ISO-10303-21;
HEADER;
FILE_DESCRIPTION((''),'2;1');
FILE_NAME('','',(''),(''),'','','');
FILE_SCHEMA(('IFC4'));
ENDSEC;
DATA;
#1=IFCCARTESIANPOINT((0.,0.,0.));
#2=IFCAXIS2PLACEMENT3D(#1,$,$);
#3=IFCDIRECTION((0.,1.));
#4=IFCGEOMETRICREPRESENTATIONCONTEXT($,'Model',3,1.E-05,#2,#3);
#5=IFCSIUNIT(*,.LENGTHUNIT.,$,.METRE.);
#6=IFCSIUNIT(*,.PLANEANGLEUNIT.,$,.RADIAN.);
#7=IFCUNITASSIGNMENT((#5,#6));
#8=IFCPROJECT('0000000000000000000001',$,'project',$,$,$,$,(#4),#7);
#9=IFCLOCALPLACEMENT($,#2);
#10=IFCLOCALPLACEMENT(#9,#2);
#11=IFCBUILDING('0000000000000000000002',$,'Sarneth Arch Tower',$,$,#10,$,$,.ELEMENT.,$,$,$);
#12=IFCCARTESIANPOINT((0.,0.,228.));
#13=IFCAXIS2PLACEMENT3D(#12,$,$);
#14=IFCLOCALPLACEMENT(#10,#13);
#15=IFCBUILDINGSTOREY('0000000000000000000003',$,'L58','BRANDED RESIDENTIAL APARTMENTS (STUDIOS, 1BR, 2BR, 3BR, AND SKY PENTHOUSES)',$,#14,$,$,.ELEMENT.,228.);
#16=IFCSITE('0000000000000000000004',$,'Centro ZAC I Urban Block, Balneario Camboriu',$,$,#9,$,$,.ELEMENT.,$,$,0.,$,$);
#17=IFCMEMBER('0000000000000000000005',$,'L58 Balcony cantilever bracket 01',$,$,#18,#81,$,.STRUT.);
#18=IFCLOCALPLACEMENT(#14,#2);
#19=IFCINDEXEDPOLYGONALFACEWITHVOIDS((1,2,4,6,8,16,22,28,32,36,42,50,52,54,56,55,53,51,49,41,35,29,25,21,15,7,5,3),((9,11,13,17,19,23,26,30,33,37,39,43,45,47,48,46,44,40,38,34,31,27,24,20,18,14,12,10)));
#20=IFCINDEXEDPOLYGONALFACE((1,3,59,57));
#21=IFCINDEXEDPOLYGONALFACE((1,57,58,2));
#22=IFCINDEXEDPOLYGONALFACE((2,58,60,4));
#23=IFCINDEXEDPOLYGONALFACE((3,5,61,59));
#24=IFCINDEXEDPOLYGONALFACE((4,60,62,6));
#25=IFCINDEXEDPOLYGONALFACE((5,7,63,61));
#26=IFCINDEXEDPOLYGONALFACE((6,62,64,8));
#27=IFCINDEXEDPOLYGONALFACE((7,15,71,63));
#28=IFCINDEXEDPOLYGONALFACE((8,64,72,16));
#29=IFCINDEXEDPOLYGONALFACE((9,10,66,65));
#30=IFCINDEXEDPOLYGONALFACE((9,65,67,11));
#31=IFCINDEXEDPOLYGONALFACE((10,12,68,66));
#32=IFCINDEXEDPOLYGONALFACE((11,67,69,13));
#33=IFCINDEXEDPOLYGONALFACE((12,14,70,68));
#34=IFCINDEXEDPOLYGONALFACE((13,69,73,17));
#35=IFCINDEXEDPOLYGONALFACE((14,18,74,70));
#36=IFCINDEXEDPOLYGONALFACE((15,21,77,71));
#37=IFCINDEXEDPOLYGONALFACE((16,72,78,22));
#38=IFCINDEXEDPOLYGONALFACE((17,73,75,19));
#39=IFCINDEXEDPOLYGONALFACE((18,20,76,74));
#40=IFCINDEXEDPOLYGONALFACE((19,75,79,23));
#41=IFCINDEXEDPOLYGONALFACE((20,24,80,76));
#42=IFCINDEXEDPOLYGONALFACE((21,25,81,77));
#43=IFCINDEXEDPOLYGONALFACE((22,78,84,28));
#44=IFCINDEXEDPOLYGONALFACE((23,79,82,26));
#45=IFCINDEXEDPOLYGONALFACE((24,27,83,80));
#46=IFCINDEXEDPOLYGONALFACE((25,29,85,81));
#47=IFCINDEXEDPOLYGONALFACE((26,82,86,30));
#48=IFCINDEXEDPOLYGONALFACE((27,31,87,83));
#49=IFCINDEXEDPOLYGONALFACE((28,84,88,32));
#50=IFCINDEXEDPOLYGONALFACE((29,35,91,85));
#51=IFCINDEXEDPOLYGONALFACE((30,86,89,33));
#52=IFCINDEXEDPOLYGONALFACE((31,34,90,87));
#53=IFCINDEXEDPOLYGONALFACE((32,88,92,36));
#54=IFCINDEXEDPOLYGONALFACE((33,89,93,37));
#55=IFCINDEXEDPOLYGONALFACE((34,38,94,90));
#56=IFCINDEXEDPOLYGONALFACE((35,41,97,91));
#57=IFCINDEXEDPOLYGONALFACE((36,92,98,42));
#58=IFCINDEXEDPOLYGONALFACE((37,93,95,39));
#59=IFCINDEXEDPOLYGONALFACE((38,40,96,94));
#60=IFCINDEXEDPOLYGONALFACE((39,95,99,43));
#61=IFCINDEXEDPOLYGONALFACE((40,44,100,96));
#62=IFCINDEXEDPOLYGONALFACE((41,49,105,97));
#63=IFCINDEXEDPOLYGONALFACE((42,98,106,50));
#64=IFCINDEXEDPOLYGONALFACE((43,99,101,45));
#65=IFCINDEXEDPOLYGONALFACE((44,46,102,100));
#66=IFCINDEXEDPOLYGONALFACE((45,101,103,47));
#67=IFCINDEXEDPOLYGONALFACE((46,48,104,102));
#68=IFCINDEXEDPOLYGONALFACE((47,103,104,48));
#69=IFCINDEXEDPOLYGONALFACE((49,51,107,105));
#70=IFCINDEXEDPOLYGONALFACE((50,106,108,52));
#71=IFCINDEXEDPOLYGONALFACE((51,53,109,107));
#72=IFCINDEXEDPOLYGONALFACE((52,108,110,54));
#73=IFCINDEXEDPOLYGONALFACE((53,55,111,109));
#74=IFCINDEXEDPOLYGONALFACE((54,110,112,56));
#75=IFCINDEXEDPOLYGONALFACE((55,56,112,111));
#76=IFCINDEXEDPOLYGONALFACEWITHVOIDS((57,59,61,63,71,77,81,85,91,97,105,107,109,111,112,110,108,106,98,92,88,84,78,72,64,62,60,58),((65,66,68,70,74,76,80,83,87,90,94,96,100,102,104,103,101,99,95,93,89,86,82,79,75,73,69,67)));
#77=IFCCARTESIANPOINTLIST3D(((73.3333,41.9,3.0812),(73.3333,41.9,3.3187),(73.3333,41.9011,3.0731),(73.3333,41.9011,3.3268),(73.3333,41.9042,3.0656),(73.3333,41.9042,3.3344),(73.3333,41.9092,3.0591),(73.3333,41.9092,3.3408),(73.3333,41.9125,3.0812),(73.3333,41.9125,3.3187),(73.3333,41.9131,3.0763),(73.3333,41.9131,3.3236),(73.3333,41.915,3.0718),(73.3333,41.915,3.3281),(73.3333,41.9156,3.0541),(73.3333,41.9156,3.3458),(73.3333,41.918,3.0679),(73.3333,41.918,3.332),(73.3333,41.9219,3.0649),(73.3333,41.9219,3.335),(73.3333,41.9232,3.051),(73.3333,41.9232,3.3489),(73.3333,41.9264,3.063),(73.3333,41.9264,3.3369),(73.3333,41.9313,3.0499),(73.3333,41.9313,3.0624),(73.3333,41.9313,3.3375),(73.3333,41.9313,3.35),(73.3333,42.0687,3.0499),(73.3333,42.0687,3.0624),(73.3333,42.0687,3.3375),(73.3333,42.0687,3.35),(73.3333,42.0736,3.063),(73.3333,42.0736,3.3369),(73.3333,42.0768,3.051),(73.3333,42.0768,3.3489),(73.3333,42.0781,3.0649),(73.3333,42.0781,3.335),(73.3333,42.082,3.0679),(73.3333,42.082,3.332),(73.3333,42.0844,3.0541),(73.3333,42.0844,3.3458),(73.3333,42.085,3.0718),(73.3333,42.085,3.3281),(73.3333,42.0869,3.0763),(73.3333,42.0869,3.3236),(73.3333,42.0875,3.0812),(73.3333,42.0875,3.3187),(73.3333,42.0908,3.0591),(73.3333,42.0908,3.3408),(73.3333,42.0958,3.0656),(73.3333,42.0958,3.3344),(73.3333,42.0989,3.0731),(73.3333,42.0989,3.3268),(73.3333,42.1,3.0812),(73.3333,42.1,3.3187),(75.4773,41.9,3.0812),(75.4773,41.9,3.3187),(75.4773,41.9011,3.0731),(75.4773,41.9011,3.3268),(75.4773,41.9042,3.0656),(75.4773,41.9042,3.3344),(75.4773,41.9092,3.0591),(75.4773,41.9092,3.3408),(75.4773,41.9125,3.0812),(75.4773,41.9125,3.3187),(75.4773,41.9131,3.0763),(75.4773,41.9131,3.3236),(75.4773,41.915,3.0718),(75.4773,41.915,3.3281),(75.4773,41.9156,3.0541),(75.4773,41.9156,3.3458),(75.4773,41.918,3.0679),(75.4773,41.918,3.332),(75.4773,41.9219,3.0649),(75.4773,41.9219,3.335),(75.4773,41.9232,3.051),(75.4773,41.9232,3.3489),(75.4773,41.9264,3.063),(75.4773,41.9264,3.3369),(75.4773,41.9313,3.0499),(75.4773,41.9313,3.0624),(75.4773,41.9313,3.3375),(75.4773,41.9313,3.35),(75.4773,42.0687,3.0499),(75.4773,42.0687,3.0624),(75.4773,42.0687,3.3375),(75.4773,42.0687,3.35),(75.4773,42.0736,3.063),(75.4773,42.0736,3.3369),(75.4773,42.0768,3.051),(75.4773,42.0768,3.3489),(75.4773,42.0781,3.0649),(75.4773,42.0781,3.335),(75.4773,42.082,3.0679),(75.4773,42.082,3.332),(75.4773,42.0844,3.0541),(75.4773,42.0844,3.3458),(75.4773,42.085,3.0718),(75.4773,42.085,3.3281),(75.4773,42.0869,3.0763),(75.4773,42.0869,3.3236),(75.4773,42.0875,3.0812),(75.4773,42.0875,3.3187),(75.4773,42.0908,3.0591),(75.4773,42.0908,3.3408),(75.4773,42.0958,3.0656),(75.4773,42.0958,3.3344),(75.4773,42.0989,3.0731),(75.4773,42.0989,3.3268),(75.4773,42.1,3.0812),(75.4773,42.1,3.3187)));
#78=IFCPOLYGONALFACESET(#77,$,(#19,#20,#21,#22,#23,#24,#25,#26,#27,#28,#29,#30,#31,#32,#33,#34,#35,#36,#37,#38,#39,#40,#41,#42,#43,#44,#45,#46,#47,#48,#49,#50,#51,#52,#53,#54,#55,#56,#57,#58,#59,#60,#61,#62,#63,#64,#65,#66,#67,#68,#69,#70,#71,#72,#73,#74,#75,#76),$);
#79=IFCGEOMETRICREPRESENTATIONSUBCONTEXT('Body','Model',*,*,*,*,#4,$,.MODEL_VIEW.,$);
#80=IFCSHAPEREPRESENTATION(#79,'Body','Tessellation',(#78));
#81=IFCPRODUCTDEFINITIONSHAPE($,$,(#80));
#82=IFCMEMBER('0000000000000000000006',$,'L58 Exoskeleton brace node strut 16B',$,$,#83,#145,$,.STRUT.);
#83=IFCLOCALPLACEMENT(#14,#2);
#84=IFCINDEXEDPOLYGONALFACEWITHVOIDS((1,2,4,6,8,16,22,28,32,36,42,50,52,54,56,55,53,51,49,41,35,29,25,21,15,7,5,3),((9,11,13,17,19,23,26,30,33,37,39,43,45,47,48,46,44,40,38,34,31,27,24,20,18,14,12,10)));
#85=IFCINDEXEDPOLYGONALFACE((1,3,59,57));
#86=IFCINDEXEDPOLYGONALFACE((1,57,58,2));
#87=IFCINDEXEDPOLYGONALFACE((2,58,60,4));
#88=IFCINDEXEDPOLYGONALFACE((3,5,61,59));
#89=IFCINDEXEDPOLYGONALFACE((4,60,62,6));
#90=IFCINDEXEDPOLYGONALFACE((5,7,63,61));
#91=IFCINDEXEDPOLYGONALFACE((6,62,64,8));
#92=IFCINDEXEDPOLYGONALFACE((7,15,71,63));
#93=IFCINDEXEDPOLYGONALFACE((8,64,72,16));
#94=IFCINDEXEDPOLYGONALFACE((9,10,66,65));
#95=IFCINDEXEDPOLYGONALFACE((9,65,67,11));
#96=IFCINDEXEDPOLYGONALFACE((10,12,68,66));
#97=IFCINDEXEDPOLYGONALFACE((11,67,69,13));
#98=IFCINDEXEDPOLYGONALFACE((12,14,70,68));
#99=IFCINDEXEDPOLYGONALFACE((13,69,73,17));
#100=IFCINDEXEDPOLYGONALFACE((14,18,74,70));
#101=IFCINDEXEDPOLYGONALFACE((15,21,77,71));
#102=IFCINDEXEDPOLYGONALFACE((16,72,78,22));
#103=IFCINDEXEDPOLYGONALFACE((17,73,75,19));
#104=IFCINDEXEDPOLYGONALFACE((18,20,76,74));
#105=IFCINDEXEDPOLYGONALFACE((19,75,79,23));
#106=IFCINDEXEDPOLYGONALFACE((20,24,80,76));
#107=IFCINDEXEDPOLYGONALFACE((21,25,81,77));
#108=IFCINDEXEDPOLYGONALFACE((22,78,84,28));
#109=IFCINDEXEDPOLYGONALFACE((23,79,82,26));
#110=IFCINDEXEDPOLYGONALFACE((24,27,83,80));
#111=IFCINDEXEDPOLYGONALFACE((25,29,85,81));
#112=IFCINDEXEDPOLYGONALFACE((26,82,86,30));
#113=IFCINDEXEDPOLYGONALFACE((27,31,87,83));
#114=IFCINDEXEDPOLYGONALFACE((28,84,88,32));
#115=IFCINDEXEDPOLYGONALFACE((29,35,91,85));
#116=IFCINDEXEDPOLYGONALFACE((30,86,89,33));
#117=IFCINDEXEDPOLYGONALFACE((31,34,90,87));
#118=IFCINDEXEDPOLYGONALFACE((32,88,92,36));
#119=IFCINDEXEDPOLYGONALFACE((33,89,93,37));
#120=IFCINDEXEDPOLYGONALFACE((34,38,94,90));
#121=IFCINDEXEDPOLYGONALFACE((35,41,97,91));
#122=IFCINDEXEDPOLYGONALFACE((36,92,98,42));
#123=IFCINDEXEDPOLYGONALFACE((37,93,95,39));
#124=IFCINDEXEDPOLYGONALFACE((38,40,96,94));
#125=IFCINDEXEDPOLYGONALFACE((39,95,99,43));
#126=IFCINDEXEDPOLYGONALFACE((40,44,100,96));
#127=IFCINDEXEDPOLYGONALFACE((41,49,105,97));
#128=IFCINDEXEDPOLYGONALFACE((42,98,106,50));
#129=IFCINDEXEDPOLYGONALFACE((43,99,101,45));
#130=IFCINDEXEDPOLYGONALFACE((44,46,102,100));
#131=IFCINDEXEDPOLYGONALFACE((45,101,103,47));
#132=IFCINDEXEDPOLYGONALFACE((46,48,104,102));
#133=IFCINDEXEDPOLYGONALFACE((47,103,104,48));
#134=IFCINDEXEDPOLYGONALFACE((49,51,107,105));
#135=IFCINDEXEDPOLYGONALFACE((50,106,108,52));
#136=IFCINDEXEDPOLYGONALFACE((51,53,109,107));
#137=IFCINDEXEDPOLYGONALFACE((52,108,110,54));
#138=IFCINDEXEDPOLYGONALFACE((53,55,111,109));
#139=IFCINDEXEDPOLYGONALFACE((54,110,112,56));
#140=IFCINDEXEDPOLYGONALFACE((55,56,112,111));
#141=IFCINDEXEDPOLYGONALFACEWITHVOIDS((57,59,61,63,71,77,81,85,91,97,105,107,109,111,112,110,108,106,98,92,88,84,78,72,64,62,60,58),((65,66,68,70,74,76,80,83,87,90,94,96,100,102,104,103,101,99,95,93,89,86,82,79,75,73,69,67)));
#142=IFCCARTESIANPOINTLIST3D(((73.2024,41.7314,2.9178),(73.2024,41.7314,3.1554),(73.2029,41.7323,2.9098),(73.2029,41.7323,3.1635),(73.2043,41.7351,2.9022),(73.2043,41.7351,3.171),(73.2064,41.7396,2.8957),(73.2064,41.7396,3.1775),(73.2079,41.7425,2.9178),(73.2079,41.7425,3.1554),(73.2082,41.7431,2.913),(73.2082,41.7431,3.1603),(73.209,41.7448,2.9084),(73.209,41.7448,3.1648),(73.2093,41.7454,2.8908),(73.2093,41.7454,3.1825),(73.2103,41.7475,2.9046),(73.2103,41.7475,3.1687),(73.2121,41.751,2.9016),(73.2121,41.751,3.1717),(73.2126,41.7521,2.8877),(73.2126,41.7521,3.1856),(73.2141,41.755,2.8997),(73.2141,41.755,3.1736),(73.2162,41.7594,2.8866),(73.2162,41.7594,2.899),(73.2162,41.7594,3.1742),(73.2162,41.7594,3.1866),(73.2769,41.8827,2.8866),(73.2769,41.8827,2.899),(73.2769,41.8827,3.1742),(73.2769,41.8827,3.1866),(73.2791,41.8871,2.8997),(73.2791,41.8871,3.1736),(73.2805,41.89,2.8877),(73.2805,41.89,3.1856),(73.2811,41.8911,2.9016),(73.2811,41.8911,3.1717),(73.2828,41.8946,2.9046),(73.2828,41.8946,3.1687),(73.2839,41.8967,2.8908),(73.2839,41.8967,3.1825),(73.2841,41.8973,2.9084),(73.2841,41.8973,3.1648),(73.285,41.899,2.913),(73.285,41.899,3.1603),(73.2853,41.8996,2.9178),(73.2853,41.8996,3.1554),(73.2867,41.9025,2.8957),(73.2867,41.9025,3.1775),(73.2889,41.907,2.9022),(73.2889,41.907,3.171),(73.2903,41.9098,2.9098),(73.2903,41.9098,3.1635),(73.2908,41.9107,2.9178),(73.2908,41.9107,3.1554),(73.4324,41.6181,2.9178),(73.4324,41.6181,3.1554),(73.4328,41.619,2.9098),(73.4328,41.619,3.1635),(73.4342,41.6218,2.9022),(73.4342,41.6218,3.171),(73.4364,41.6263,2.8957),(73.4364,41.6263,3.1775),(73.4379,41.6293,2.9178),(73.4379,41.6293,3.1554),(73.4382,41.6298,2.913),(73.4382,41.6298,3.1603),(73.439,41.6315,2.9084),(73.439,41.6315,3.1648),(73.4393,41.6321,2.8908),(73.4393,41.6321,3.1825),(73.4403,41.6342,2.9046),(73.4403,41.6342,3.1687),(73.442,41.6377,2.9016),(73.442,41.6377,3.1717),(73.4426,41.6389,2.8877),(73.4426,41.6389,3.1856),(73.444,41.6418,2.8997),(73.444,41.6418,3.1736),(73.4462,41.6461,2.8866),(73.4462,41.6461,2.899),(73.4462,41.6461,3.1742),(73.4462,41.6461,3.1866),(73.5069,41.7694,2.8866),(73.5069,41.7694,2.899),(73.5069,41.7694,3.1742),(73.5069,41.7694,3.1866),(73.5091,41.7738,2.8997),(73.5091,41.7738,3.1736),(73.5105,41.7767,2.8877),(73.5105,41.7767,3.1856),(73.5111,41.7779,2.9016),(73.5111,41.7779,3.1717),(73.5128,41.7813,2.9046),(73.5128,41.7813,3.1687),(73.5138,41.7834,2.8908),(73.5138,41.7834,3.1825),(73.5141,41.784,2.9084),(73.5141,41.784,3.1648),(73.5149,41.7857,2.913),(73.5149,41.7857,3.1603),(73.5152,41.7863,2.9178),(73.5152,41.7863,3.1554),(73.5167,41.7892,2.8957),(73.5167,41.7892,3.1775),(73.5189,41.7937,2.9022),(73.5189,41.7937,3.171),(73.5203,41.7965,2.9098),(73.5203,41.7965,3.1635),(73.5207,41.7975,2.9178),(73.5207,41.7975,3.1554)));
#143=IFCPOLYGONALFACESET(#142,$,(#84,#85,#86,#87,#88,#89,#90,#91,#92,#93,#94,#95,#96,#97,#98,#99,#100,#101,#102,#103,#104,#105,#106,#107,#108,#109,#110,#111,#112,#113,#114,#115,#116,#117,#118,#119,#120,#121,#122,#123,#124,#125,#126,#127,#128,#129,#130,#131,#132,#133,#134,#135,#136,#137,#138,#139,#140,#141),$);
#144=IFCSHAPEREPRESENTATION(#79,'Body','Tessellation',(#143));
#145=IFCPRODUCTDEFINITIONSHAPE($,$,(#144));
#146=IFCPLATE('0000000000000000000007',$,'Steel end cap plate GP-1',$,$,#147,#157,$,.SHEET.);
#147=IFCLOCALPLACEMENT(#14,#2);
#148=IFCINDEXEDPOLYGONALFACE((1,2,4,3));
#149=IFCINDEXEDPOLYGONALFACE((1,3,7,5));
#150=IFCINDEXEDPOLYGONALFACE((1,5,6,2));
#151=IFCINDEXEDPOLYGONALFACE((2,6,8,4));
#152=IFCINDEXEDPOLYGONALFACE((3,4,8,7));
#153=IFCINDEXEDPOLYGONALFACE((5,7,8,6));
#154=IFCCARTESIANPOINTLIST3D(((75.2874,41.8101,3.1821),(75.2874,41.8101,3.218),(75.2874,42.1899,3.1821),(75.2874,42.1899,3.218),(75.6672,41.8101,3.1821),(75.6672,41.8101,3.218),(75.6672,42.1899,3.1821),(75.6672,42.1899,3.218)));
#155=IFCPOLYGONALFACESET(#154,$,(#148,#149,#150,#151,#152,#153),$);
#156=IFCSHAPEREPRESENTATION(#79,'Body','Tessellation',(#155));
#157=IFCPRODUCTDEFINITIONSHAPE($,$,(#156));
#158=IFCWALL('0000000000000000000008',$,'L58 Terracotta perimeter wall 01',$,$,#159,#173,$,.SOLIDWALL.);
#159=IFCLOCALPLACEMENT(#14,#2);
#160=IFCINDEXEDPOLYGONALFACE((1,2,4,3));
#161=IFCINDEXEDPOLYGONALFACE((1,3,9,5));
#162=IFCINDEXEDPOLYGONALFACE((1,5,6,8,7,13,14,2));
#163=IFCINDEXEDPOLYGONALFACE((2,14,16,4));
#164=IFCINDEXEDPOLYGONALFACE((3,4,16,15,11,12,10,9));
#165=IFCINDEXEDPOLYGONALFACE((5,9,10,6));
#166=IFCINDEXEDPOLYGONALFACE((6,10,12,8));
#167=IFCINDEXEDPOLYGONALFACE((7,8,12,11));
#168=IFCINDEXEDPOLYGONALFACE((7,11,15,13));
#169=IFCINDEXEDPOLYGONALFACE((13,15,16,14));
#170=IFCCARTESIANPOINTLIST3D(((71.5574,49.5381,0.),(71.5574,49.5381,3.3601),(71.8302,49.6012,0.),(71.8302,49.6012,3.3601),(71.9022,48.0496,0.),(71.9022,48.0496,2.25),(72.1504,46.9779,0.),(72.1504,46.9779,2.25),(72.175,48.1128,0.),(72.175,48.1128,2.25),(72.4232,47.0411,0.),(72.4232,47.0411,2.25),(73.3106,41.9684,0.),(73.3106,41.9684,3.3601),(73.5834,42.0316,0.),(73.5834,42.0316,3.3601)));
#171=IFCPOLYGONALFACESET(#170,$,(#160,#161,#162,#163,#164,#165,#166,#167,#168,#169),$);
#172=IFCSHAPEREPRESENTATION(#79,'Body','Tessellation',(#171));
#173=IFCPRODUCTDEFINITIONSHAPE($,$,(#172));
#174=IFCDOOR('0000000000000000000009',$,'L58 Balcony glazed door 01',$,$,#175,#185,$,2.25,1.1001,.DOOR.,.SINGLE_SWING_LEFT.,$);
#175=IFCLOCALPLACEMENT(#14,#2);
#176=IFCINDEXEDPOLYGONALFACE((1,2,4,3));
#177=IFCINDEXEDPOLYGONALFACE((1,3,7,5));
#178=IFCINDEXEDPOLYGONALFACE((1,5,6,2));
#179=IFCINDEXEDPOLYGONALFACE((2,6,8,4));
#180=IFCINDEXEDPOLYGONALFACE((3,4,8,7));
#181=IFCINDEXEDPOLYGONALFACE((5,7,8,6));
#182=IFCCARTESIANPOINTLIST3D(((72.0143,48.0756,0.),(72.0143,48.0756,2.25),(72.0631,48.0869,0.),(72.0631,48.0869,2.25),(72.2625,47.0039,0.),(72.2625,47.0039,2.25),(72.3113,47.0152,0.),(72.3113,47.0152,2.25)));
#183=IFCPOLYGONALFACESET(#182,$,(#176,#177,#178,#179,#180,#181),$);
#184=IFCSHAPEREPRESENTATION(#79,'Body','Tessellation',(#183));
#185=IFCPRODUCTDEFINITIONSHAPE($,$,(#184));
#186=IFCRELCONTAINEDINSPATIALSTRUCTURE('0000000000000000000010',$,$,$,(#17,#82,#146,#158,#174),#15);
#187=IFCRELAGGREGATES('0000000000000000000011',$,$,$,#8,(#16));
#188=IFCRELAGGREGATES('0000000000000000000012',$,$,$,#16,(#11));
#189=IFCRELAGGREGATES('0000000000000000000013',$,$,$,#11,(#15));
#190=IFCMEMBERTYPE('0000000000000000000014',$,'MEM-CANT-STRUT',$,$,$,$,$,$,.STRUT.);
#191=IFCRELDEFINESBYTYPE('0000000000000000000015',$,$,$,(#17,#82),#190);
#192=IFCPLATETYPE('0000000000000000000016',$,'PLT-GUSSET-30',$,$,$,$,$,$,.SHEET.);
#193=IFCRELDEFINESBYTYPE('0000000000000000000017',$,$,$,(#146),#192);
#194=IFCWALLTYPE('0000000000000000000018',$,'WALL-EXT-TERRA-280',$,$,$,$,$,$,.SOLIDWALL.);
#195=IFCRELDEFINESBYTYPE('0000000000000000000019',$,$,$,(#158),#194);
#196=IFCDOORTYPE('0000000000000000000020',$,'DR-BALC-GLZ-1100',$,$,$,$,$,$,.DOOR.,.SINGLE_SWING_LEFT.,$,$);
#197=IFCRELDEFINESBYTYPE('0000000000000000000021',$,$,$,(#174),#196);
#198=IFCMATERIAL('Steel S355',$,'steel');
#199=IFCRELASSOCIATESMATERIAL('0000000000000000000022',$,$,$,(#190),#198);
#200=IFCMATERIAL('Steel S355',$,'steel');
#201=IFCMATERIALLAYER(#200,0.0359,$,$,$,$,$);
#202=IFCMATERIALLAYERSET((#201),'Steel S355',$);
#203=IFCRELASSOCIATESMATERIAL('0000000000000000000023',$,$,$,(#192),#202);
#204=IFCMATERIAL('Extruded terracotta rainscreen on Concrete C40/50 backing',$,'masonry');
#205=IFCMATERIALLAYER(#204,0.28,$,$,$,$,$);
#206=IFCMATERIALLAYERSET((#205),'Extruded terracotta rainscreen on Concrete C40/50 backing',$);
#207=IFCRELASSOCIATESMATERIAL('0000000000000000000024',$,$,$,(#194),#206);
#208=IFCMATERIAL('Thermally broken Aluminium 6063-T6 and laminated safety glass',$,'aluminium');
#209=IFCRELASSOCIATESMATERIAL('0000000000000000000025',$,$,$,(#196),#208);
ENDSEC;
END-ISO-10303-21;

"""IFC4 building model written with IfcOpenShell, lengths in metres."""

from ifc_helpers import new_model, si_unit, direction, frame, frame_2d, origin, origin_2d, place, context, subcontext, project, spatial, rectangle, hollow_rectangle, extrude, material, layer, layer_set, material_profile, profile_set, type_object, element, fill, save


model = new_model("IFC4")

# Units and contexts
model_context = context("Model", 3, precision=1e-05, world=origin(), true_north=direction((0.0, 1.0)))
body_context = subcontext(model_context, "Body", "Model", "MODEL_VIEW")
ifc_project = project(units=[si_unit("LENGTHUNIT", "METRE"), si_unit("PLANEANGLEUNIT", "RADIAN")], contexts=[model_context])

# Site, building, storey
site_placement = place(None, origin())
site = spatial("IfcSite", under=ifc_project, at=site_placement, Name="Centro ZAC I Urban Block, Balneario Camboriu", CompositionType="ELEMENT", RefElevation=0.0)
building_placement = place(site_placement, origin())
building = spatial("IfcBuilding", under=site, at=building_placement, Name="Sarneth Arch Tower", CompositionType="ELEMENT")
storey_placement = place(building_placement, frame((0.0, 0.0, 228.0)))
storey = spatial("IfcBuildingStorey", under=building, at=storey_placement, Name="L58", Description="BRANDED RESIDENTIAL APARTMENTS (STUDIOS, 1BR, 2BR, 3BR, AND SKY PENTHOUSES)", CompositionType="ELEMENT", Elevation=228.0)

# Members
ifc_material_1 = material(Name="Steel S355", Category="steel")
ifc_material_profile_1 = material_profile(ifc_material_1, hollow_rectangle(XDim=0.2, YDim=0.3, WallThickness=0.0125, InnerFilletRadius=0.0188, OuterFilletRadius=0.0312, at=origin_2d()), Name="RHS300x200x12.5")
ifc_profile_set_1 = profile_set([ifc_material_profile_1], Name="Steel S355")
member_type_1 = type_object("IfcMemberType", Name="MEM-CANT-STRUT", PredefinedType="STRUT", material=ifc_profile_set_1)
member_1_placement = place(storey_placement, frame((73.3333, 42.0, 3.2), z_axis=(1.0, 0.0, 0.0), x_axis=(0.0, 1.0, 0.0)))
element("IfcMember", 1, at=member_1_placement, inside=storey, type_object=member_type_1, Name="L58 Balcony cantilever bracket 01", PredefinedType="STRUT", context=body_context, shape_type="SweptSolid", body=[
    extrude(hollow_rectangle(XDim=0.2, YDim=0.3, WallThickness=0.0125, InnerFilletRadius=0.0188, OuterFilletRadius=0.0312, at=origin_2d()), origin(), (0.0, 0.0, 1.0), 2.144),
])
member_2_placement = place(storey_placement, frame((73.2466, 41.821, 3.0366), z_axis=(0.897078, -0.441873, 0.0), x_axis=(0.441873, 0.897078, 0.0)))
element("IfcMember", 2, at=member_2_placement, inside=storey, type_object=member_type_1, Name="L58 Exoskeleton brace node strut 16B", PredefinedType="STRUT", context=body_context, shape_type="SweptSolid", body=[
    extrude(hollow_rectangle(XDim=0.2, YDim=0.3, WallThickness=0.0125, InnerFilletRadius=0.0188, OuterFilletRadius=0.0312, at=origin_2d()), origin(), (0.0, 0.0, 1.0), 0.2563),
])

# Plate
ifc_material_2 = material(Name="Steel S355", Category="steel")
ifc_layer_1 = layer(ifc_material_2, 0.0359)
ifc_layer_set_1 = layer_set([ifc_layer_1], Name="Steel S355")
plate_type = type_object("IfcPlateType", Name="PLT-GUSSET-30", PredefinedType="SHEET", material=ifc_layer_set_1)
plate_placement = place(storey_placement, frame((75.4773, 42.0, 3.1821), z_axis=(0.0, 0.0, 1.0), x_axis=(1.0, 0.0, 0.0)))
element("IfcPlate", 3, at=plate_placement, inside=storey, type_object=plate_type, Name="Steel end cap plate GP-1", PredefinedType="SHEET", context=body_context, shape_type="SweptSolid", body=[
    extrude(rectangle(XDim=0.3799, YDim=0.3799, at=origin_2d()), origin(), (0.0, 0.0, 1.0), 0.0359),
])

# Wall, opening, door
ifc_material_3 = material(Name="Extruded terracotta rainscreen on Concrete C40/50 backing", Category="masonry")
ifc_layer_2 = layer(ifc_material_3, 0.28)
ifc_layer_set_2 = layer_set([ifc_layer_2], Name="Extruded terracotta rainscreen on Concrete C40/50 backing")
wall_type_1 = type_object("IfcWallType", Name="WALL-EXT-TERRA-280", PredefinedType="SOLIDWALL", material=ifc_layer_set_2)
wall_1_placement = place(storey_placement, frame((73.447, 42.0, 0.0), z_axis=(0.0, 0.0, 1.0), x_axis=(-0.225635, 0.974212, 0.0)))
wall_1 = element("IfcWall", 4, at=wall_1_placement, inside=storey, type_object=wall_type_1, Name="L58 Terracotta perimeter wall 01", PredefinedType="SOLIDWALL", context=body_context, shape_type="SweptSolid", body=[
    extrude(rectangle(XDim=7.77, YDim=0.28, at=frame_2d((3.885, 0.0))), origin(), (0.0, 0.0, 1.0), 3.3601),
])
opening_1_placement = place(wall_1_placement, frame((5.1421, 0.0, 0.0)))
opening_1 = element("IfcOpeningElement", 5, at=opening_1_placement, cuts=wall_1, PredefinedType="OPENING", context=body_context, shape_type="SweptSolid", body=[
    extrude(rectangle(XDim=1.1001, YDim=2.25, at=frame_2d((0.55, 1.125))), frame((0.0, 0.1499, 0.0), z_axis=(0.0, -1.0, 0.0), x_axis=(1.0, 0.0, 0.0)), (0.0, 0.0, 1.0), 0.3),
])
ifc_material_4 = material(Name="Thermally broken Aluminium 6063-T6 and laminated safety glass", Category="aluminium")
door_type_1 = type_object("IfcDoorType", Name="DR-BALC-GLZ-1100", OperationType="SINGLE_SWING_LEFT", PredefinedType="DOOR", material=ifc_material_4)
door_1_placement = place(opening_1_placement, origin())
door_1 = element("IfcDoor", 6, at=door_1_placement, inside=storey, type_object=door_type_1, Name="L58 Balcony glazed door 01", OperationType="SINGLE_SWING_LEFT", OverallHeight=2.25, OverallWidth=1.1001, PredefinedType="DOOR", context=body_context, shape_type="SweptSolid", body=[
    extrude(rectangle(XDim=1.1001, YDim=2.25, at=frame_2d((0.55, 1.125))), frame((0.0, 0.0249, 0.0), z_axis=(0.0, -1.0, 0.0), x_axis=(1.0, 0.0, 0.0)), (0.0, 0.0, 1.0), 0.05),
])
fill(opening_1, door_1)

save(model, "model.ifc")
